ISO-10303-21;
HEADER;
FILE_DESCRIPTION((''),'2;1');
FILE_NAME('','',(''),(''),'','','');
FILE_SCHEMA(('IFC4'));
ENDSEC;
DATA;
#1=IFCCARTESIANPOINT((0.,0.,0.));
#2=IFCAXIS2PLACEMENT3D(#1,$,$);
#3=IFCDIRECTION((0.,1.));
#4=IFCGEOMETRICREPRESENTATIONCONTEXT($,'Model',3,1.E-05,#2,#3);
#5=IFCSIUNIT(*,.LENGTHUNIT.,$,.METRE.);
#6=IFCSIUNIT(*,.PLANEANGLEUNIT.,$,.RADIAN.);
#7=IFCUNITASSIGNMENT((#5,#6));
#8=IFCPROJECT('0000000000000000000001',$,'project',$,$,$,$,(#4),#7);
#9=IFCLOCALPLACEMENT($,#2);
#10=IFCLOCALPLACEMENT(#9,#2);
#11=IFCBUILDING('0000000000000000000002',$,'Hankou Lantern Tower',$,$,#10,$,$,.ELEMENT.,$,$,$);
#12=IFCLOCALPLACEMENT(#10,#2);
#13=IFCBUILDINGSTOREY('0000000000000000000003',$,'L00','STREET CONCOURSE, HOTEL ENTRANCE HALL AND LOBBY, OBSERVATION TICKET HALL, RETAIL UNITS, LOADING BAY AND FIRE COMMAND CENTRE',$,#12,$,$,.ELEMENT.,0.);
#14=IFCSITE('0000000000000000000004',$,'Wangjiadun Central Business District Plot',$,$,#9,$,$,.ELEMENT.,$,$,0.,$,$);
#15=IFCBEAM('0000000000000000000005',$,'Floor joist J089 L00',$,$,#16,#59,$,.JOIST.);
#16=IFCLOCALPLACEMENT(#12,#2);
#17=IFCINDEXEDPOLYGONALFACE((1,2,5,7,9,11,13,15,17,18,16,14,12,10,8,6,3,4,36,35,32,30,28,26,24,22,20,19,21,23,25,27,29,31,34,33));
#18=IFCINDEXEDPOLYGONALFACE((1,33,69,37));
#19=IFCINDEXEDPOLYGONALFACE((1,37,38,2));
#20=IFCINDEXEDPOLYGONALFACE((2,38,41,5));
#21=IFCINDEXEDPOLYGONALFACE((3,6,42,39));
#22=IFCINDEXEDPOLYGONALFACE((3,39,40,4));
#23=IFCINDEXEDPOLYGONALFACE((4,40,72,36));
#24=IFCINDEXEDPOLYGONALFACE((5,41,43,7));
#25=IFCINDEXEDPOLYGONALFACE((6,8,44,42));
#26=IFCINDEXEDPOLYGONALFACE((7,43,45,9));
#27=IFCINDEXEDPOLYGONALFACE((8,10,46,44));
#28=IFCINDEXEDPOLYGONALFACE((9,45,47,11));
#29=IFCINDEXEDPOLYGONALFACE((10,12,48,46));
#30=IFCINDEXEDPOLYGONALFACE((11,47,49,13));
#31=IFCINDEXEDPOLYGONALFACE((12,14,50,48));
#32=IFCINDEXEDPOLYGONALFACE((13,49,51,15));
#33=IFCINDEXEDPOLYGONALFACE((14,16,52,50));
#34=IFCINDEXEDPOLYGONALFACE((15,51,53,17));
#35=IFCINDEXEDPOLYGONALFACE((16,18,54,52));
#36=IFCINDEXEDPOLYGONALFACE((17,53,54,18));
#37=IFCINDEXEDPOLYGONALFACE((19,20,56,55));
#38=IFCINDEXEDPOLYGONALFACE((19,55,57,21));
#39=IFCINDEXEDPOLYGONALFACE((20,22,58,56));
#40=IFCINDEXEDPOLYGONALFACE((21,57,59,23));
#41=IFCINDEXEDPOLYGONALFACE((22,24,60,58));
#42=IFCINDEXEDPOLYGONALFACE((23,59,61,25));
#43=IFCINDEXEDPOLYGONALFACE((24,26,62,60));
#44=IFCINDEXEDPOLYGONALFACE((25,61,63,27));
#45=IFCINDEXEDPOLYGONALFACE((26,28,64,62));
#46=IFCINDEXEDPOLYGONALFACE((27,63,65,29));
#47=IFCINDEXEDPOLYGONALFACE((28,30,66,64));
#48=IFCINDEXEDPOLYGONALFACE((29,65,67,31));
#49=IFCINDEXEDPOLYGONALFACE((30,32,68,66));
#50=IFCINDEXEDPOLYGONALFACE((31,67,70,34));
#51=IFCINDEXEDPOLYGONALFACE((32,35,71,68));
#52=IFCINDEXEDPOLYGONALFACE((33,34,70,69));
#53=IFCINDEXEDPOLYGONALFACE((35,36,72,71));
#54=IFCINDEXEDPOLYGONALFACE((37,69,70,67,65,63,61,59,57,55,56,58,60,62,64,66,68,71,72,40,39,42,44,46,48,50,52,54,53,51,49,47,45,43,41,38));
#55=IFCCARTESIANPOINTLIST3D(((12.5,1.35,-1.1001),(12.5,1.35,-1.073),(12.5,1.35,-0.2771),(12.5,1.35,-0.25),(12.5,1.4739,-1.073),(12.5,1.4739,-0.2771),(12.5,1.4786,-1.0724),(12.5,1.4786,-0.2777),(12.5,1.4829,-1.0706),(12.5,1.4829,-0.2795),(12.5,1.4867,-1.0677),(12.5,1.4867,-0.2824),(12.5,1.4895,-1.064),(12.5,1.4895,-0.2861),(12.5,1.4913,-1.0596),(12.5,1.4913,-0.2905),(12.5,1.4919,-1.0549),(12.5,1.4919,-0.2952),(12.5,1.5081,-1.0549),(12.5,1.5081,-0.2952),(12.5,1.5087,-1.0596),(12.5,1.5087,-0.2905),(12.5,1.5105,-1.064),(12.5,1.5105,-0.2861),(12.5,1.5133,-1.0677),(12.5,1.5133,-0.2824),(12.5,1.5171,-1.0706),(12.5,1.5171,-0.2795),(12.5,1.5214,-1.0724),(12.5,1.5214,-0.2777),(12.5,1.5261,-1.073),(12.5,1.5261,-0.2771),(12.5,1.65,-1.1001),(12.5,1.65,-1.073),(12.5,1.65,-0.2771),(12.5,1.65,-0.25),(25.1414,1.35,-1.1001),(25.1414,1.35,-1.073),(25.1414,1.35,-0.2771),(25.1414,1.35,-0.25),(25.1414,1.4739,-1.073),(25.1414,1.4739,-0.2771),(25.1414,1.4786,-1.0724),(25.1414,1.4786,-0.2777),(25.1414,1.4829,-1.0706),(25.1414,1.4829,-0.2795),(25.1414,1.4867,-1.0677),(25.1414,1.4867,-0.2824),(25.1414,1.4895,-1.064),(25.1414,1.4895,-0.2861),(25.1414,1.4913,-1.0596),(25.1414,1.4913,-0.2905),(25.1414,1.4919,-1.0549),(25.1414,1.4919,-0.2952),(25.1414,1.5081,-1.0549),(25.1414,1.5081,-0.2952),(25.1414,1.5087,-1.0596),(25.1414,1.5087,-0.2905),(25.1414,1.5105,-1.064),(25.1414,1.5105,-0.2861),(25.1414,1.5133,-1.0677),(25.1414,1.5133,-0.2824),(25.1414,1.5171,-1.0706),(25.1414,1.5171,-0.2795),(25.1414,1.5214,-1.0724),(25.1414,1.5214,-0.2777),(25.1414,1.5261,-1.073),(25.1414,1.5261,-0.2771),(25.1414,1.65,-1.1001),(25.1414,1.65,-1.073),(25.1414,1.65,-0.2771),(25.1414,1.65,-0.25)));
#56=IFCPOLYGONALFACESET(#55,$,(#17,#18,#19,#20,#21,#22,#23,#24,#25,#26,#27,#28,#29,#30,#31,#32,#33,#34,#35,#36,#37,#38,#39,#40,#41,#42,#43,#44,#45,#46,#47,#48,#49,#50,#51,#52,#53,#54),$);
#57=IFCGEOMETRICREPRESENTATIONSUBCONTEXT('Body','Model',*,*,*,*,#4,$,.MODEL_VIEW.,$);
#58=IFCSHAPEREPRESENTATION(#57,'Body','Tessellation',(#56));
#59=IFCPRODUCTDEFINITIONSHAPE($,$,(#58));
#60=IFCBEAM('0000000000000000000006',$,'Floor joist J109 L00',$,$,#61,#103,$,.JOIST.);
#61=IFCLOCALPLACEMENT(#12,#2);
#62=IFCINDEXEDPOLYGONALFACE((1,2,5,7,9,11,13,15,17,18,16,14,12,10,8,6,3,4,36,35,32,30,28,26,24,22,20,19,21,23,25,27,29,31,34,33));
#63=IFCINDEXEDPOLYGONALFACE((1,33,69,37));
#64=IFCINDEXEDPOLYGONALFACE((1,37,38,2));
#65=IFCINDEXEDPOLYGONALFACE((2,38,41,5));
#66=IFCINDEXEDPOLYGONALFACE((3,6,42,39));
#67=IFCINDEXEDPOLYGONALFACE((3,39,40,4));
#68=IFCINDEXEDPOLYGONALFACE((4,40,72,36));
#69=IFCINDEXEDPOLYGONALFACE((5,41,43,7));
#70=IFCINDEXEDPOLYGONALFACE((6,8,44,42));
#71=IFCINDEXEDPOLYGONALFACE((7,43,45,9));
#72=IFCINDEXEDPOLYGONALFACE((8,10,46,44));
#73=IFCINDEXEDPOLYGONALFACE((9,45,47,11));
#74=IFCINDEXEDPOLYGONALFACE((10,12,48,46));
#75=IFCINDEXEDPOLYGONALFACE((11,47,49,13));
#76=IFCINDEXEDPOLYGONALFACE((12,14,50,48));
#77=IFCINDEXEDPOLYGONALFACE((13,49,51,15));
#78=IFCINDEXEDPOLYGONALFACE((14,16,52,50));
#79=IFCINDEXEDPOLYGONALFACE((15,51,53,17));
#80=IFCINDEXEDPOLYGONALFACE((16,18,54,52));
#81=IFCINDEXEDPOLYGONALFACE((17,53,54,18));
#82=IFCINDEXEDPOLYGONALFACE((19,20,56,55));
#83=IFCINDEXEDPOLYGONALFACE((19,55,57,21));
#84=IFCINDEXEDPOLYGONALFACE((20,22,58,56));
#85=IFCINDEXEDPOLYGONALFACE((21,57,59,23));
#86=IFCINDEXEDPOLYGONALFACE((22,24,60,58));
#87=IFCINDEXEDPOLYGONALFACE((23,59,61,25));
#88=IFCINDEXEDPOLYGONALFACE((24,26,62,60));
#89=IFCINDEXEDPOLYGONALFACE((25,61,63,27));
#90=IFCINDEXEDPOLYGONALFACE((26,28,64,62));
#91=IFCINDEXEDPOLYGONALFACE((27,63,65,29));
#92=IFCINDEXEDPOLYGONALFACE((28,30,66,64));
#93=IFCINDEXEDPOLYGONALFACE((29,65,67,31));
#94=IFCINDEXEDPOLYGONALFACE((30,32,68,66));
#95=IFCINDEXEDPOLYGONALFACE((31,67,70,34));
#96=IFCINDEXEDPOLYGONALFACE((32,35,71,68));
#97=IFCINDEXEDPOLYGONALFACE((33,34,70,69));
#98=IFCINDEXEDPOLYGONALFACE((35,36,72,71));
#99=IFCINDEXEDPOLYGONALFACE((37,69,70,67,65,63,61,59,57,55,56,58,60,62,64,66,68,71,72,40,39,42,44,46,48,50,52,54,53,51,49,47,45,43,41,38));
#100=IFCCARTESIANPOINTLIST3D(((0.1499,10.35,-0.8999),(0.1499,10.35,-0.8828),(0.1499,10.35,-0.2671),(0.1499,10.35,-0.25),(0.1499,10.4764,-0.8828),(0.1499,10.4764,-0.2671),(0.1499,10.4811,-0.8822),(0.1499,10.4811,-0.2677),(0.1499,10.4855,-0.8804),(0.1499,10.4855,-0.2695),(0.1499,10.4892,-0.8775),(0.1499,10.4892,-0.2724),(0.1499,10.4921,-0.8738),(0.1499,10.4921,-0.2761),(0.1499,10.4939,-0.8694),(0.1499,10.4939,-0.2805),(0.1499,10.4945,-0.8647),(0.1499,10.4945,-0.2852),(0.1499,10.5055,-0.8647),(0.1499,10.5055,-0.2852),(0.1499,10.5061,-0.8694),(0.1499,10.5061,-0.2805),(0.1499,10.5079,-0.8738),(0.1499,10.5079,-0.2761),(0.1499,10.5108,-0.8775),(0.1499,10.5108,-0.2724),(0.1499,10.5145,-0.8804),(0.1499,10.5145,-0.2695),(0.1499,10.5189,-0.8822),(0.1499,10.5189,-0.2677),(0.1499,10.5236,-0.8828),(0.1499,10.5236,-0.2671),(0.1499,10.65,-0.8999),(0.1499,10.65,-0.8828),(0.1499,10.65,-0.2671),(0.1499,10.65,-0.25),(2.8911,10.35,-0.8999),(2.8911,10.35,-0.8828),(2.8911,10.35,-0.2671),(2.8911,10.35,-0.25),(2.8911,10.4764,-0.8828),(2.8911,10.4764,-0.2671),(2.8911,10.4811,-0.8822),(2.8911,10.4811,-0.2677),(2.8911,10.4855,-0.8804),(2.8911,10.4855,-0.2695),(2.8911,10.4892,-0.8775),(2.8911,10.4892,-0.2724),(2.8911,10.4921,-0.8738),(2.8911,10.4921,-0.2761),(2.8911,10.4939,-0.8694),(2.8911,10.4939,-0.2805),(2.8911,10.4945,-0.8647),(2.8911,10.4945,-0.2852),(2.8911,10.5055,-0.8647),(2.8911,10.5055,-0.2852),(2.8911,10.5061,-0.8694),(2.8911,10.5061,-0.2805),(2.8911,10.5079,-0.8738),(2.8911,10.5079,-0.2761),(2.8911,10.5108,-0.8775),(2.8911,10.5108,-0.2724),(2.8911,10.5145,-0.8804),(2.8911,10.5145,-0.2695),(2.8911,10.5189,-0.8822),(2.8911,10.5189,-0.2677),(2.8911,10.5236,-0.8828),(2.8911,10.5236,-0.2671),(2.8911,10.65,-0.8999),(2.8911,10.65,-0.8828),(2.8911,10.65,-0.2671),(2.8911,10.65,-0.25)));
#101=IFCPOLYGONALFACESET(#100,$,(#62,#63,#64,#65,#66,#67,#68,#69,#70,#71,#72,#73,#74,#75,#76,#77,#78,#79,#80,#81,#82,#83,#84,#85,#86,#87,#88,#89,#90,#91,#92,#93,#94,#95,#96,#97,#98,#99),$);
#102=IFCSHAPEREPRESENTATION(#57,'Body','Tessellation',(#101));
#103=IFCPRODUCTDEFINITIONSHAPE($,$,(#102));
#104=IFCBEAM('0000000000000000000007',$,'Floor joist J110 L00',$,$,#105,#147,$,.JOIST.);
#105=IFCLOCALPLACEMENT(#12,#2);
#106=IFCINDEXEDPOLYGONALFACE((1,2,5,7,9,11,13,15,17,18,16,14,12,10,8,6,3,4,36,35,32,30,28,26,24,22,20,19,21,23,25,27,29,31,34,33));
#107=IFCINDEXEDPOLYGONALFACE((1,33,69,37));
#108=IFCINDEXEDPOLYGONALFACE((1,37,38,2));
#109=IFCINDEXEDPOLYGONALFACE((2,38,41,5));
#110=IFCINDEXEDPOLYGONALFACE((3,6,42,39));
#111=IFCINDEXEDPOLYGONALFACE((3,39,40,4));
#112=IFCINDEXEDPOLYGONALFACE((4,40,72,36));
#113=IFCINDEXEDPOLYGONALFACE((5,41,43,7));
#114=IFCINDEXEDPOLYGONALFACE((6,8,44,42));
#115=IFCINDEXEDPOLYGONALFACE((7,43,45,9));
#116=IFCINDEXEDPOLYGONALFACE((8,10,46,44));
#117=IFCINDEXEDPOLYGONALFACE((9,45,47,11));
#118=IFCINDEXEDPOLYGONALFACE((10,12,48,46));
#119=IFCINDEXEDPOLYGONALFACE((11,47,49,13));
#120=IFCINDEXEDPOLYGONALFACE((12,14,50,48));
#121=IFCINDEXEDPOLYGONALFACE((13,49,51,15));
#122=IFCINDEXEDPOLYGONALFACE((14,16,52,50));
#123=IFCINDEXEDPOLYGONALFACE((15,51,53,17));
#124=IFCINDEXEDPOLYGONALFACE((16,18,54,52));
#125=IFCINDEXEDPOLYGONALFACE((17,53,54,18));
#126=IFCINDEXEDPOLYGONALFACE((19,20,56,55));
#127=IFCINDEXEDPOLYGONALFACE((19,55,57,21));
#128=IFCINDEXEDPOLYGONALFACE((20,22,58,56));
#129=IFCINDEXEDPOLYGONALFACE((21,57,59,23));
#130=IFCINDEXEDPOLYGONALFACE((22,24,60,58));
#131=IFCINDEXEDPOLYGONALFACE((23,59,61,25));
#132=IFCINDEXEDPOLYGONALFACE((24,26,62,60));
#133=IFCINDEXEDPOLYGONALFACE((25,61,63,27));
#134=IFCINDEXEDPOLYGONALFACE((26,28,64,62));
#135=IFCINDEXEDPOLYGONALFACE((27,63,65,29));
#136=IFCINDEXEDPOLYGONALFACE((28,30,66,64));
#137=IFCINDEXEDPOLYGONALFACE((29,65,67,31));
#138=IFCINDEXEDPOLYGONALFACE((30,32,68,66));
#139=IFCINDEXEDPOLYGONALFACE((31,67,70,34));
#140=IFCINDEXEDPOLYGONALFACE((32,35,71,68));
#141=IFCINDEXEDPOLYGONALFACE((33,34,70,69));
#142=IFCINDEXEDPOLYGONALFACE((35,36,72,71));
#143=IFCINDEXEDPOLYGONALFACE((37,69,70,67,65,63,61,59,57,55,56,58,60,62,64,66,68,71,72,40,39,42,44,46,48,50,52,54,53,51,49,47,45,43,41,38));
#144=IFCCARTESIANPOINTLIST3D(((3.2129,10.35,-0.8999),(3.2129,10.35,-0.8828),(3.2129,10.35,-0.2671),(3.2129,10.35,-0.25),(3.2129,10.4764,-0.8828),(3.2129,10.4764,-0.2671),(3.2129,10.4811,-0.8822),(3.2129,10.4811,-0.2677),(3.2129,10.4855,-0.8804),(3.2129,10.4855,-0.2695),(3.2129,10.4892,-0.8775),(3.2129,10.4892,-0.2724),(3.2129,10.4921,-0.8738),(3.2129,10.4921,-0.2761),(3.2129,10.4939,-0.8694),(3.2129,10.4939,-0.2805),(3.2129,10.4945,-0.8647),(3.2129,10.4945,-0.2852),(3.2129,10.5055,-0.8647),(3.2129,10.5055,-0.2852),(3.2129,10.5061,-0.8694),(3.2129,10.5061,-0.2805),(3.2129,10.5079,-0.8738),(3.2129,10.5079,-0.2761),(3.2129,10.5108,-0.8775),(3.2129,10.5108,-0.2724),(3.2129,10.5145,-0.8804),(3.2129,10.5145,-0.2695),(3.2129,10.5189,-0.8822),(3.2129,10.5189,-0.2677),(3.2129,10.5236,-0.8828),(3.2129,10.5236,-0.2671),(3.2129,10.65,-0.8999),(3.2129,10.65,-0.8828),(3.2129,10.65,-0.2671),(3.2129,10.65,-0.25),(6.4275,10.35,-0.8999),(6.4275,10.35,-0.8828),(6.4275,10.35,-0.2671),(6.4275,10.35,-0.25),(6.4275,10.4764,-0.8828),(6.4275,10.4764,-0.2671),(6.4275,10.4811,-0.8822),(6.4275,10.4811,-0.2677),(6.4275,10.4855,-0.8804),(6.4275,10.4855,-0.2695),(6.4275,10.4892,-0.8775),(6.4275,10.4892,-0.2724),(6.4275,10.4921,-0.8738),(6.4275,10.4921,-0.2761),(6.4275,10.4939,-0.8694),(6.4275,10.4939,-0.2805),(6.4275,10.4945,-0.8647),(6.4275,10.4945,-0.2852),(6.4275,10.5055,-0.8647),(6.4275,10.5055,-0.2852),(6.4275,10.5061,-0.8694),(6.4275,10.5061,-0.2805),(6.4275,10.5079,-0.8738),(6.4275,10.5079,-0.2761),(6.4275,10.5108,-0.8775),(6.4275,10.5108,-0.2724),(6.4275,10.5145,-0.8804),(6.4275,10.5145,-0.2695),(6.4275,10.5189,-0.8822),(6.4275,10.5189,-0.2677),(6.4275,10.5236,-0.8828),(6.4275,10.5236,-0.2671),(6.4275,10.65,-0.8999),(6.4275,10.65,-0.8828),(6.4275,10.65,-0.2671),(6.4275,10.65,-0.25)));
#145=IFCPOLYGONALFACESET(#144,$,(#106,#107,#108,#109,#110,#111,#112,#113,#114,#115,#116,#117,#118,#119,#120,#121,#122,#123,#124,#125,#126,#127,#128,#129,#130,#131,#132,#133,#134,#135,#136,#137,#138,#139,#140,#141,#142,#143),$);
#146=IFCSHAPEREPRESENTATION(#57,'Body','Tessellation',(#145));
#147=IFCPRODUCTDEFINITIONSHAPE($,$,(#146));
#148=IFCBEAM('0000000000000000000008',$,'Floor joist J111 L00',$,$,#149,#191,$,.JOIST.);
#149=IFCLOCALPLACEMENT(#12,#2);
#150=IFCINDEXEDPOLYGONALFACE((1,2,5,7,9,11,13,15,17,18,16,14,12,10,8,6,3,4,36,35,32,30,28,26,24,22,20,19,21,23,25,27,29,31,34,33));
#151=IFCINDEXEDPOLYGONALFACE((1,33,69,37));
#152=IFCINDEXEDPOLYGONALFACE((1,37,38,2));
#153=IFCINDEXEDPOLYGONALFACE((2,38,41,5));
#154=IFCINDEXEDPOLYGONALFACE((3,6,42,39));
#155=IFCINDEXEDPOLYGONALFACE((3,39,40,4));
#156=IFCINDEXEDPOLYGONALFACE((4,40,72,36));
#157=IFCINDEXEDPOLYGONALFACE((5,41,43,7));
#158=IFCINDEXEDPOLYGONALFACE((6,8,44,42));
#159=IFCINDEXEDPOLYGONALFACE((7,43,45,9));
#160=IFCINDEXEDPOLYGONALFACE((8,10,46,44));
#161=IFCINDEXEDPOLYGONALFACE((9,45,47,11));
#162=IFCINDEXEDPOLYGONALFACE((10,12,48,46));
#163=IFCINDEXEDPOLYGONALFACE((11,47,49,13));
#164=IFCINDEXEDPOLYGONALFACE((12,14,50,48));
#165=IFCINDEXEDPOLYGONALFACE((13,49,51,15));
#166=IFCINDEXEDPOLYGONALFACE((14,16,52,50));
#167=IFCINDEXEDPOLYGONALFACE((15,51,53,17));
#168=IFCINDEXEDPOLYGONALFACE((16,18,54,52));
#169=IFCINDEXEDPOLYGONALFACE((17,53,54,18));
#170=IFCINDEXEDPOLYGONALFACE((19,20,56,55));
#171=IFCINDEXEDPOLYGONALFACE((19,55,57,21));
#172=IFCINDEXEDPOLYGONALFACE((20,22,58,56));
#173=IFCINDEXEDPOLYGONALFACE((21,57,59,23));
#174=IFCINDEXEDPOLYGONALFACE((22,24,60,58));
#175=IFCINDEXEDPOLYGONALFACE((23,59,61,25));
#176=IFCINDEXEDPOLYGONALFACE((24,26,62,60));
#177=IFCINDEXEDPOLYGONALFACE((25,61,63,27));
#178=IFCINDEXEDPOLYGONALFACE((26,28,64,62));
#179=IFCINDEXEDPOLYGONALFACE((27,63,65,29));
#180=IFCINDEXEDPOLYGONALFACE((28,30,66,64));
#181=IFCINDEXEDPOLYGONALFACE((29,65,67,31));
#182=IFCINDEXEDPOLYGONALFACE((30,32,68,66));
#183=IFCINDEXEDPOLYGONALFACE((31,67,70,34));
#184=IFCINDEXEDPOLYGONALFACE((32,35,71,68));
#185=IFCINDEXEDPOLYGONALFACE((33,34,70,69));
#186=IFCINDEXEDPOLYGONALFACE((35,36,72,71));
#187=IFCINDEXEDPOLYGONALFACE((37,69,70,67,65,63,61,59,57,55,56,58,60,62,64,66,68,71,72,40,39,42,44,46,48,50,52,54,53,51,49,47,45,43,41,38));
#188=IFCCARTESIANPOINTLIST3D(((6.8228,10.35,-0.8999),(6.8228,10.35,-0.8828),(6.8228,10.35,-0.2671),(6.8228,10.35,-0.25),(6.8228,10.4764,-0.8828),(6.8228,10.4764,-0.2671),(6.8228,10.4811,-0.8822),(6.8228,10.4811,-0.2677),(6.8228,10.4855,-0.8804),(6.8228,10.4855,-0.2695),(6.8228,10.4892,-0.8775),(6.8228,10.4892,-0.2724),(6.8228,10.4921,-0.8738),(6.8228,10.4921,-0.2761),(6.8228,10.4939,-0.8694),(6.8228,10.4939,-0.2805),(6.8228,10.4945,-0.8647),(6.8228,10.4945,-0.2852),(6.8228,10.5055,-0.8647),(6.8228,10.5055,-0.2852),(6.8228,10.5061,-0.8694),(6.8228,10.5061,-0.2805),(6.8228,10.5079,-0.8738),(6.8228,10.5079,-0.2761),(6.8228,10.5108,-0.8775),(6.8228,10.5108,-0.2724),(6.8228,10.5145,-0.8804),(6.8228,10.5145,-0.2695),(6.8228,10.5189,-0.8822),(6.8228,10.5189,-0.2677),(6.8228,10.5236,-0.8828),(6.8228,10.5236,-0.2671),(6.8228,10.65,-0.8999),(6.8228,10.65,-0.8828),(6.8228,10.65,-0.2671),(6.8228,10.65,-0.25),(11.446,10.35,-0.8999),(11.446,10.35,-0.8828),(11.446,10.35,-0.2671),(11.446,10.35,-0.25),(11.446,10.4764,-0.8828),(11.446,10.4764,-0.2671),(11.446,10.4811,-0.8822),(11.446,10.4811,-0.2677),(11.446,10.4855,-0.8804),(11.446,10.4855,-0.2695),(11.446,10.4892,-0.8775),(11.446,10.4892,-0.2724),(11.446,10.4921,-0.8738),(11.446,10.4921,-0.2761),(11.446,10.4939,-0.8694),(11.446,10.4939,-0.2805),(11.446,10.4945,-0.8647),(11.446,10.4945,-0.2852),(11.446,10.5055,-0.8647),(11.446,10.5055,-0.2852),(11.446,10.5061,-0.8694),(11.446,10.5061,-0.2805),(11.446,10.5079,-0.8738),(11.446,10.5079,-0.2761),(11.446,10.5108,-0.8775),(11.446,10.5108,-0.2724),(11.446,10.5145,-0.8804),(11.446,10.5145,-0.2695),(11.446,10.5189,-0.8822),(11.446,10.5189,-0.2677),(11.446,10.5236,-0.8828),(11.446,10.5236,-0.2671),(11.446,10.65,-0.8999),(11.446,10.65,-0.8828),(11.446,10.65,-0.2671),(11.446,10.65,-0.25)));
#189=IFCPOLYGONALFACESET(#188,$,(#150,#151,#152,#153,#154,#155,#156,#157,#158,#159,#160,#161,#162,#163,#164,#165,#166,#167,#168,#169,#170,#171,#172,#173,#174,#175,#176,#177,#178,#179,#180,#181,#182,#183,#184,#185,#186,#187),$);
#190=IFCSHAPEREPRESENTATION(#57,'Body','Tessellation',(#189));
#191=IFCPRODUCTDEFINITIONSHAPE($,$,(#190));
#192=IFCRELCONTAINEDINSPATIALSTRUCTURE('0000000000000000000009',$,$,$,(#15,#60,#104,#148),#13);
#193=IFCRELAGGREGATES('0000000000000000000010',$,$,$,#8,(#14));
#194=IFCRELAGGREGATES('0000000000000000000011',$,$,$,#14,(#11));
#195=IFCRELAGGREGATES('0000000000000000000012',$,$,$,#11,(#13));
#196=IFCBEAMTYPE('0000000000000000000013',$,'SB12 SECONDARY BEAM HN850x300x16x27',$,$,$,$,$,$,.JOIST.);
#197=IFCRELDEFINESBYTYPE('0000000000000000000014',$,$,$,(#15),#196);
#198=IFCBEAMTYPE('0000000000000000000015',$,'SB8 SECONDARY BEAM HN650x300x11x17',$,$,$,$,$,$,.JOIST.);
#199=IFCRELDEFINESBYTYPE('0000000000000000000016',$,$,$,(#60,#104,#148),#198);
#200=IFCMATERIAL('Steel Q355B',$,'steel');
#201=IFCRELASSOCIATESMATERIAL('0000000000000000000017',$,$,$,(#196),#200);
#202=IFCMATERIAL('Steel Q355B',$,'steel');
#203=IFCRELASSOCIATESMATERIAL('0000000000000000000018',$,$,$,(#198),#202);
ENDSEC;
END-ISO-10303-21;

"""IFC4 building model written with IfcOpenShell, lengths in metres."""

from ifc_helpers import new_model, si_unit, direction, frame, origin, origin_2d, place, context, subcontext, project, spatial, i_section, extrude, material, material_profile, profile_set, type_object, element, save


model = new_model("IFC4")

# Units and contexts
model_context = context("Model", 3, precision=1e-05, world=origin(), true_north=direction((0.0, 1.0)))
body_context = subcontext(model_context, "Body", "Model", "MODEL_VIEW")
ifc_project = project(units=[si_unit("LENGTHUNIT", "METRE"), si_unit("PLANEANGLEUNIT", "RADIAN")], contexts=[model_context])

# Site, building, storey
site_placement = place(None, origin())
site = spatial("IfcSite", under=ifc_project, at=site_placement, Name="Wangjiadun Central Business District Plot", CompositionType="ELEMENT", RefElevation=0.0)
building_placement = place(site_placement, origin())
building = spatial("IfcBuilding", under=site, at=building_placement, Name="Hankou Lantern Tower", CompositionType="ELEMENT")
storey_placement = place(building_placement, origin())
storey = spatial("IfcBuildingStorey", under=building, at=storey_placement, Name="L00", Description="STREET CONCOURSE, HOTEL ENTRANCE HALL AND LOBBY, OBSERVATION TICKET HALL, RETAIL UNITS, LOADING BAY AND FIRE COMMAND CENTRE", CompositionType="ELEMENT", Elevation=0.0)

# Beams
ifc_material_1 = material(Name="Steel Q355B", Category="steel")
ifc_material_profile_1 = material_profile(ifc_material_1, i_section(OverallWidth=0.3, OverallDepth=0.8501, WebThickness=0.0161, FlangeThickness=0.0271, FilletRadius=0.0181, at=origin_2d()), Name="HN850x300x16x27")
ifc_profile_set_1 = profile_set([ifc_material_profile_1], Name="Steel Q355B")
beam_type_1 = type_object("IfcBeamType", Name="SB12 SECONDARY BEAM HN850x300x16x27", PredefinedType="JOIST", material=ifc_profile_set_1)
beam_1_placement = place(storey_placement, frame((12.5, 1.5, -0.675), z_axis=(1.0, 0.0, 0.0), x_axis=(0.0, 1.0, 0.0)))
element("IfcBeam", 1, at=beam_1_placement, inside=storey, type_object=beam_type_1, Name="Floor joist J089 L00", PredefinedType="JOIST", context=body_context, shape_type="SweptSolid", body=[
    extrude(i_section(OverallWidth=0.3, OverallDepth=0.8501, WebThickness=0.0161, FlangeThickness=0.0271, FilletRadius=0.0181, at=origin_2d()), origin(), (0.0, 0.0, 1.0), 12.6414),
])
ifc_material_2 = material(Name="Steel Q355B", Category="steel")
ifc_material_profile_2 = material_profile(ifc_material_2, i_section(OverallWidth=0.3, OverallDepth=0.6499, WebThickness=0.011, FlangeThickness=0.0171, FilletRadius=0.0181, at=origin_2d()), Name="HN650x300x11x17")
ifc_profile_set_2 = profile_set([ifc_material_profile_2], Name="Steel Q355B")
beam_type_2 = type_object("IfcBeamType", Name="SB8 SECONDARY BEAM HN650x300x11x17", PredefinedType="JOIST", material=ifc_profile_set_2)
beam_2_placement = place(storey_placement, frame((0.1499, 10.5, -0.575), z_axis=(1.0, 0.0, 0.0), x_axis=(0.0, 1.0, 0.0)))
element("IfcBeam", 2, at=beam_2_placement, inside=storey, type_object=beam_type_2, Name="Floor joist J109 L00", PredefinedType="JOIST", context=body_context, shape_type="SweptSolid", body=[
    extrude(i_section(OverallWidth=0.3, OverallDepth=0.6499, WebThickness=0.011, FlangeThickness=0.0171, FilletRadius=0.0181, at=origin_2d()), origin(), (0.0, 0.0, 1.0), 2.7412),
])
beam_3_placement = place(storey_placement, frame((3.2129, 10.5, -0.575), z_axis=(1.0, 0.0, 0.0), x_axis=(0.0, 1.0, 0.0)))
element("IfcBeam", 3, at=beam_3_placement, inside=storey, type_object=beam_type_2, Name="Floor joist J110 L00", PredefinedType="JOIST", context=body_context, shape_type="SweptSolid", body=[
    extrude(i_section(OverallWidth=0.3, OverallDepth=0.6499, WebThickness=0.011, FlangeThickness=0.0171, FilletRadius=0.0181, at=origin_2d()), origin(), (0.0, 0.0, 1.0), 3.2146),
])
beam_4_placement = place(storey_placement, frame((6.8228, 10.5, -0.575), z_axis=(1.0, 0.0, 0.0), x_axis=(0.0, 1.0, 0.0)))
element("IfcBeam", 4, at=beam_4_placement, inside=storey, type_object=beam_type_2, Name="Floor joist J111 L00", PredefinedType="JOIST", context=body_context, shape_type="SweptSolid", body=[
    extrude(i_section(OverallWidth=0.3, OverallDepth=0.6499, WebThickness=0.011, FlangeThickness=0.0171, FilletRadius=0.0181, at=origin_2d()), origin(), (0.0, 0.0, 1.0), 4.6233),
])

save(model, "model.ifc")
